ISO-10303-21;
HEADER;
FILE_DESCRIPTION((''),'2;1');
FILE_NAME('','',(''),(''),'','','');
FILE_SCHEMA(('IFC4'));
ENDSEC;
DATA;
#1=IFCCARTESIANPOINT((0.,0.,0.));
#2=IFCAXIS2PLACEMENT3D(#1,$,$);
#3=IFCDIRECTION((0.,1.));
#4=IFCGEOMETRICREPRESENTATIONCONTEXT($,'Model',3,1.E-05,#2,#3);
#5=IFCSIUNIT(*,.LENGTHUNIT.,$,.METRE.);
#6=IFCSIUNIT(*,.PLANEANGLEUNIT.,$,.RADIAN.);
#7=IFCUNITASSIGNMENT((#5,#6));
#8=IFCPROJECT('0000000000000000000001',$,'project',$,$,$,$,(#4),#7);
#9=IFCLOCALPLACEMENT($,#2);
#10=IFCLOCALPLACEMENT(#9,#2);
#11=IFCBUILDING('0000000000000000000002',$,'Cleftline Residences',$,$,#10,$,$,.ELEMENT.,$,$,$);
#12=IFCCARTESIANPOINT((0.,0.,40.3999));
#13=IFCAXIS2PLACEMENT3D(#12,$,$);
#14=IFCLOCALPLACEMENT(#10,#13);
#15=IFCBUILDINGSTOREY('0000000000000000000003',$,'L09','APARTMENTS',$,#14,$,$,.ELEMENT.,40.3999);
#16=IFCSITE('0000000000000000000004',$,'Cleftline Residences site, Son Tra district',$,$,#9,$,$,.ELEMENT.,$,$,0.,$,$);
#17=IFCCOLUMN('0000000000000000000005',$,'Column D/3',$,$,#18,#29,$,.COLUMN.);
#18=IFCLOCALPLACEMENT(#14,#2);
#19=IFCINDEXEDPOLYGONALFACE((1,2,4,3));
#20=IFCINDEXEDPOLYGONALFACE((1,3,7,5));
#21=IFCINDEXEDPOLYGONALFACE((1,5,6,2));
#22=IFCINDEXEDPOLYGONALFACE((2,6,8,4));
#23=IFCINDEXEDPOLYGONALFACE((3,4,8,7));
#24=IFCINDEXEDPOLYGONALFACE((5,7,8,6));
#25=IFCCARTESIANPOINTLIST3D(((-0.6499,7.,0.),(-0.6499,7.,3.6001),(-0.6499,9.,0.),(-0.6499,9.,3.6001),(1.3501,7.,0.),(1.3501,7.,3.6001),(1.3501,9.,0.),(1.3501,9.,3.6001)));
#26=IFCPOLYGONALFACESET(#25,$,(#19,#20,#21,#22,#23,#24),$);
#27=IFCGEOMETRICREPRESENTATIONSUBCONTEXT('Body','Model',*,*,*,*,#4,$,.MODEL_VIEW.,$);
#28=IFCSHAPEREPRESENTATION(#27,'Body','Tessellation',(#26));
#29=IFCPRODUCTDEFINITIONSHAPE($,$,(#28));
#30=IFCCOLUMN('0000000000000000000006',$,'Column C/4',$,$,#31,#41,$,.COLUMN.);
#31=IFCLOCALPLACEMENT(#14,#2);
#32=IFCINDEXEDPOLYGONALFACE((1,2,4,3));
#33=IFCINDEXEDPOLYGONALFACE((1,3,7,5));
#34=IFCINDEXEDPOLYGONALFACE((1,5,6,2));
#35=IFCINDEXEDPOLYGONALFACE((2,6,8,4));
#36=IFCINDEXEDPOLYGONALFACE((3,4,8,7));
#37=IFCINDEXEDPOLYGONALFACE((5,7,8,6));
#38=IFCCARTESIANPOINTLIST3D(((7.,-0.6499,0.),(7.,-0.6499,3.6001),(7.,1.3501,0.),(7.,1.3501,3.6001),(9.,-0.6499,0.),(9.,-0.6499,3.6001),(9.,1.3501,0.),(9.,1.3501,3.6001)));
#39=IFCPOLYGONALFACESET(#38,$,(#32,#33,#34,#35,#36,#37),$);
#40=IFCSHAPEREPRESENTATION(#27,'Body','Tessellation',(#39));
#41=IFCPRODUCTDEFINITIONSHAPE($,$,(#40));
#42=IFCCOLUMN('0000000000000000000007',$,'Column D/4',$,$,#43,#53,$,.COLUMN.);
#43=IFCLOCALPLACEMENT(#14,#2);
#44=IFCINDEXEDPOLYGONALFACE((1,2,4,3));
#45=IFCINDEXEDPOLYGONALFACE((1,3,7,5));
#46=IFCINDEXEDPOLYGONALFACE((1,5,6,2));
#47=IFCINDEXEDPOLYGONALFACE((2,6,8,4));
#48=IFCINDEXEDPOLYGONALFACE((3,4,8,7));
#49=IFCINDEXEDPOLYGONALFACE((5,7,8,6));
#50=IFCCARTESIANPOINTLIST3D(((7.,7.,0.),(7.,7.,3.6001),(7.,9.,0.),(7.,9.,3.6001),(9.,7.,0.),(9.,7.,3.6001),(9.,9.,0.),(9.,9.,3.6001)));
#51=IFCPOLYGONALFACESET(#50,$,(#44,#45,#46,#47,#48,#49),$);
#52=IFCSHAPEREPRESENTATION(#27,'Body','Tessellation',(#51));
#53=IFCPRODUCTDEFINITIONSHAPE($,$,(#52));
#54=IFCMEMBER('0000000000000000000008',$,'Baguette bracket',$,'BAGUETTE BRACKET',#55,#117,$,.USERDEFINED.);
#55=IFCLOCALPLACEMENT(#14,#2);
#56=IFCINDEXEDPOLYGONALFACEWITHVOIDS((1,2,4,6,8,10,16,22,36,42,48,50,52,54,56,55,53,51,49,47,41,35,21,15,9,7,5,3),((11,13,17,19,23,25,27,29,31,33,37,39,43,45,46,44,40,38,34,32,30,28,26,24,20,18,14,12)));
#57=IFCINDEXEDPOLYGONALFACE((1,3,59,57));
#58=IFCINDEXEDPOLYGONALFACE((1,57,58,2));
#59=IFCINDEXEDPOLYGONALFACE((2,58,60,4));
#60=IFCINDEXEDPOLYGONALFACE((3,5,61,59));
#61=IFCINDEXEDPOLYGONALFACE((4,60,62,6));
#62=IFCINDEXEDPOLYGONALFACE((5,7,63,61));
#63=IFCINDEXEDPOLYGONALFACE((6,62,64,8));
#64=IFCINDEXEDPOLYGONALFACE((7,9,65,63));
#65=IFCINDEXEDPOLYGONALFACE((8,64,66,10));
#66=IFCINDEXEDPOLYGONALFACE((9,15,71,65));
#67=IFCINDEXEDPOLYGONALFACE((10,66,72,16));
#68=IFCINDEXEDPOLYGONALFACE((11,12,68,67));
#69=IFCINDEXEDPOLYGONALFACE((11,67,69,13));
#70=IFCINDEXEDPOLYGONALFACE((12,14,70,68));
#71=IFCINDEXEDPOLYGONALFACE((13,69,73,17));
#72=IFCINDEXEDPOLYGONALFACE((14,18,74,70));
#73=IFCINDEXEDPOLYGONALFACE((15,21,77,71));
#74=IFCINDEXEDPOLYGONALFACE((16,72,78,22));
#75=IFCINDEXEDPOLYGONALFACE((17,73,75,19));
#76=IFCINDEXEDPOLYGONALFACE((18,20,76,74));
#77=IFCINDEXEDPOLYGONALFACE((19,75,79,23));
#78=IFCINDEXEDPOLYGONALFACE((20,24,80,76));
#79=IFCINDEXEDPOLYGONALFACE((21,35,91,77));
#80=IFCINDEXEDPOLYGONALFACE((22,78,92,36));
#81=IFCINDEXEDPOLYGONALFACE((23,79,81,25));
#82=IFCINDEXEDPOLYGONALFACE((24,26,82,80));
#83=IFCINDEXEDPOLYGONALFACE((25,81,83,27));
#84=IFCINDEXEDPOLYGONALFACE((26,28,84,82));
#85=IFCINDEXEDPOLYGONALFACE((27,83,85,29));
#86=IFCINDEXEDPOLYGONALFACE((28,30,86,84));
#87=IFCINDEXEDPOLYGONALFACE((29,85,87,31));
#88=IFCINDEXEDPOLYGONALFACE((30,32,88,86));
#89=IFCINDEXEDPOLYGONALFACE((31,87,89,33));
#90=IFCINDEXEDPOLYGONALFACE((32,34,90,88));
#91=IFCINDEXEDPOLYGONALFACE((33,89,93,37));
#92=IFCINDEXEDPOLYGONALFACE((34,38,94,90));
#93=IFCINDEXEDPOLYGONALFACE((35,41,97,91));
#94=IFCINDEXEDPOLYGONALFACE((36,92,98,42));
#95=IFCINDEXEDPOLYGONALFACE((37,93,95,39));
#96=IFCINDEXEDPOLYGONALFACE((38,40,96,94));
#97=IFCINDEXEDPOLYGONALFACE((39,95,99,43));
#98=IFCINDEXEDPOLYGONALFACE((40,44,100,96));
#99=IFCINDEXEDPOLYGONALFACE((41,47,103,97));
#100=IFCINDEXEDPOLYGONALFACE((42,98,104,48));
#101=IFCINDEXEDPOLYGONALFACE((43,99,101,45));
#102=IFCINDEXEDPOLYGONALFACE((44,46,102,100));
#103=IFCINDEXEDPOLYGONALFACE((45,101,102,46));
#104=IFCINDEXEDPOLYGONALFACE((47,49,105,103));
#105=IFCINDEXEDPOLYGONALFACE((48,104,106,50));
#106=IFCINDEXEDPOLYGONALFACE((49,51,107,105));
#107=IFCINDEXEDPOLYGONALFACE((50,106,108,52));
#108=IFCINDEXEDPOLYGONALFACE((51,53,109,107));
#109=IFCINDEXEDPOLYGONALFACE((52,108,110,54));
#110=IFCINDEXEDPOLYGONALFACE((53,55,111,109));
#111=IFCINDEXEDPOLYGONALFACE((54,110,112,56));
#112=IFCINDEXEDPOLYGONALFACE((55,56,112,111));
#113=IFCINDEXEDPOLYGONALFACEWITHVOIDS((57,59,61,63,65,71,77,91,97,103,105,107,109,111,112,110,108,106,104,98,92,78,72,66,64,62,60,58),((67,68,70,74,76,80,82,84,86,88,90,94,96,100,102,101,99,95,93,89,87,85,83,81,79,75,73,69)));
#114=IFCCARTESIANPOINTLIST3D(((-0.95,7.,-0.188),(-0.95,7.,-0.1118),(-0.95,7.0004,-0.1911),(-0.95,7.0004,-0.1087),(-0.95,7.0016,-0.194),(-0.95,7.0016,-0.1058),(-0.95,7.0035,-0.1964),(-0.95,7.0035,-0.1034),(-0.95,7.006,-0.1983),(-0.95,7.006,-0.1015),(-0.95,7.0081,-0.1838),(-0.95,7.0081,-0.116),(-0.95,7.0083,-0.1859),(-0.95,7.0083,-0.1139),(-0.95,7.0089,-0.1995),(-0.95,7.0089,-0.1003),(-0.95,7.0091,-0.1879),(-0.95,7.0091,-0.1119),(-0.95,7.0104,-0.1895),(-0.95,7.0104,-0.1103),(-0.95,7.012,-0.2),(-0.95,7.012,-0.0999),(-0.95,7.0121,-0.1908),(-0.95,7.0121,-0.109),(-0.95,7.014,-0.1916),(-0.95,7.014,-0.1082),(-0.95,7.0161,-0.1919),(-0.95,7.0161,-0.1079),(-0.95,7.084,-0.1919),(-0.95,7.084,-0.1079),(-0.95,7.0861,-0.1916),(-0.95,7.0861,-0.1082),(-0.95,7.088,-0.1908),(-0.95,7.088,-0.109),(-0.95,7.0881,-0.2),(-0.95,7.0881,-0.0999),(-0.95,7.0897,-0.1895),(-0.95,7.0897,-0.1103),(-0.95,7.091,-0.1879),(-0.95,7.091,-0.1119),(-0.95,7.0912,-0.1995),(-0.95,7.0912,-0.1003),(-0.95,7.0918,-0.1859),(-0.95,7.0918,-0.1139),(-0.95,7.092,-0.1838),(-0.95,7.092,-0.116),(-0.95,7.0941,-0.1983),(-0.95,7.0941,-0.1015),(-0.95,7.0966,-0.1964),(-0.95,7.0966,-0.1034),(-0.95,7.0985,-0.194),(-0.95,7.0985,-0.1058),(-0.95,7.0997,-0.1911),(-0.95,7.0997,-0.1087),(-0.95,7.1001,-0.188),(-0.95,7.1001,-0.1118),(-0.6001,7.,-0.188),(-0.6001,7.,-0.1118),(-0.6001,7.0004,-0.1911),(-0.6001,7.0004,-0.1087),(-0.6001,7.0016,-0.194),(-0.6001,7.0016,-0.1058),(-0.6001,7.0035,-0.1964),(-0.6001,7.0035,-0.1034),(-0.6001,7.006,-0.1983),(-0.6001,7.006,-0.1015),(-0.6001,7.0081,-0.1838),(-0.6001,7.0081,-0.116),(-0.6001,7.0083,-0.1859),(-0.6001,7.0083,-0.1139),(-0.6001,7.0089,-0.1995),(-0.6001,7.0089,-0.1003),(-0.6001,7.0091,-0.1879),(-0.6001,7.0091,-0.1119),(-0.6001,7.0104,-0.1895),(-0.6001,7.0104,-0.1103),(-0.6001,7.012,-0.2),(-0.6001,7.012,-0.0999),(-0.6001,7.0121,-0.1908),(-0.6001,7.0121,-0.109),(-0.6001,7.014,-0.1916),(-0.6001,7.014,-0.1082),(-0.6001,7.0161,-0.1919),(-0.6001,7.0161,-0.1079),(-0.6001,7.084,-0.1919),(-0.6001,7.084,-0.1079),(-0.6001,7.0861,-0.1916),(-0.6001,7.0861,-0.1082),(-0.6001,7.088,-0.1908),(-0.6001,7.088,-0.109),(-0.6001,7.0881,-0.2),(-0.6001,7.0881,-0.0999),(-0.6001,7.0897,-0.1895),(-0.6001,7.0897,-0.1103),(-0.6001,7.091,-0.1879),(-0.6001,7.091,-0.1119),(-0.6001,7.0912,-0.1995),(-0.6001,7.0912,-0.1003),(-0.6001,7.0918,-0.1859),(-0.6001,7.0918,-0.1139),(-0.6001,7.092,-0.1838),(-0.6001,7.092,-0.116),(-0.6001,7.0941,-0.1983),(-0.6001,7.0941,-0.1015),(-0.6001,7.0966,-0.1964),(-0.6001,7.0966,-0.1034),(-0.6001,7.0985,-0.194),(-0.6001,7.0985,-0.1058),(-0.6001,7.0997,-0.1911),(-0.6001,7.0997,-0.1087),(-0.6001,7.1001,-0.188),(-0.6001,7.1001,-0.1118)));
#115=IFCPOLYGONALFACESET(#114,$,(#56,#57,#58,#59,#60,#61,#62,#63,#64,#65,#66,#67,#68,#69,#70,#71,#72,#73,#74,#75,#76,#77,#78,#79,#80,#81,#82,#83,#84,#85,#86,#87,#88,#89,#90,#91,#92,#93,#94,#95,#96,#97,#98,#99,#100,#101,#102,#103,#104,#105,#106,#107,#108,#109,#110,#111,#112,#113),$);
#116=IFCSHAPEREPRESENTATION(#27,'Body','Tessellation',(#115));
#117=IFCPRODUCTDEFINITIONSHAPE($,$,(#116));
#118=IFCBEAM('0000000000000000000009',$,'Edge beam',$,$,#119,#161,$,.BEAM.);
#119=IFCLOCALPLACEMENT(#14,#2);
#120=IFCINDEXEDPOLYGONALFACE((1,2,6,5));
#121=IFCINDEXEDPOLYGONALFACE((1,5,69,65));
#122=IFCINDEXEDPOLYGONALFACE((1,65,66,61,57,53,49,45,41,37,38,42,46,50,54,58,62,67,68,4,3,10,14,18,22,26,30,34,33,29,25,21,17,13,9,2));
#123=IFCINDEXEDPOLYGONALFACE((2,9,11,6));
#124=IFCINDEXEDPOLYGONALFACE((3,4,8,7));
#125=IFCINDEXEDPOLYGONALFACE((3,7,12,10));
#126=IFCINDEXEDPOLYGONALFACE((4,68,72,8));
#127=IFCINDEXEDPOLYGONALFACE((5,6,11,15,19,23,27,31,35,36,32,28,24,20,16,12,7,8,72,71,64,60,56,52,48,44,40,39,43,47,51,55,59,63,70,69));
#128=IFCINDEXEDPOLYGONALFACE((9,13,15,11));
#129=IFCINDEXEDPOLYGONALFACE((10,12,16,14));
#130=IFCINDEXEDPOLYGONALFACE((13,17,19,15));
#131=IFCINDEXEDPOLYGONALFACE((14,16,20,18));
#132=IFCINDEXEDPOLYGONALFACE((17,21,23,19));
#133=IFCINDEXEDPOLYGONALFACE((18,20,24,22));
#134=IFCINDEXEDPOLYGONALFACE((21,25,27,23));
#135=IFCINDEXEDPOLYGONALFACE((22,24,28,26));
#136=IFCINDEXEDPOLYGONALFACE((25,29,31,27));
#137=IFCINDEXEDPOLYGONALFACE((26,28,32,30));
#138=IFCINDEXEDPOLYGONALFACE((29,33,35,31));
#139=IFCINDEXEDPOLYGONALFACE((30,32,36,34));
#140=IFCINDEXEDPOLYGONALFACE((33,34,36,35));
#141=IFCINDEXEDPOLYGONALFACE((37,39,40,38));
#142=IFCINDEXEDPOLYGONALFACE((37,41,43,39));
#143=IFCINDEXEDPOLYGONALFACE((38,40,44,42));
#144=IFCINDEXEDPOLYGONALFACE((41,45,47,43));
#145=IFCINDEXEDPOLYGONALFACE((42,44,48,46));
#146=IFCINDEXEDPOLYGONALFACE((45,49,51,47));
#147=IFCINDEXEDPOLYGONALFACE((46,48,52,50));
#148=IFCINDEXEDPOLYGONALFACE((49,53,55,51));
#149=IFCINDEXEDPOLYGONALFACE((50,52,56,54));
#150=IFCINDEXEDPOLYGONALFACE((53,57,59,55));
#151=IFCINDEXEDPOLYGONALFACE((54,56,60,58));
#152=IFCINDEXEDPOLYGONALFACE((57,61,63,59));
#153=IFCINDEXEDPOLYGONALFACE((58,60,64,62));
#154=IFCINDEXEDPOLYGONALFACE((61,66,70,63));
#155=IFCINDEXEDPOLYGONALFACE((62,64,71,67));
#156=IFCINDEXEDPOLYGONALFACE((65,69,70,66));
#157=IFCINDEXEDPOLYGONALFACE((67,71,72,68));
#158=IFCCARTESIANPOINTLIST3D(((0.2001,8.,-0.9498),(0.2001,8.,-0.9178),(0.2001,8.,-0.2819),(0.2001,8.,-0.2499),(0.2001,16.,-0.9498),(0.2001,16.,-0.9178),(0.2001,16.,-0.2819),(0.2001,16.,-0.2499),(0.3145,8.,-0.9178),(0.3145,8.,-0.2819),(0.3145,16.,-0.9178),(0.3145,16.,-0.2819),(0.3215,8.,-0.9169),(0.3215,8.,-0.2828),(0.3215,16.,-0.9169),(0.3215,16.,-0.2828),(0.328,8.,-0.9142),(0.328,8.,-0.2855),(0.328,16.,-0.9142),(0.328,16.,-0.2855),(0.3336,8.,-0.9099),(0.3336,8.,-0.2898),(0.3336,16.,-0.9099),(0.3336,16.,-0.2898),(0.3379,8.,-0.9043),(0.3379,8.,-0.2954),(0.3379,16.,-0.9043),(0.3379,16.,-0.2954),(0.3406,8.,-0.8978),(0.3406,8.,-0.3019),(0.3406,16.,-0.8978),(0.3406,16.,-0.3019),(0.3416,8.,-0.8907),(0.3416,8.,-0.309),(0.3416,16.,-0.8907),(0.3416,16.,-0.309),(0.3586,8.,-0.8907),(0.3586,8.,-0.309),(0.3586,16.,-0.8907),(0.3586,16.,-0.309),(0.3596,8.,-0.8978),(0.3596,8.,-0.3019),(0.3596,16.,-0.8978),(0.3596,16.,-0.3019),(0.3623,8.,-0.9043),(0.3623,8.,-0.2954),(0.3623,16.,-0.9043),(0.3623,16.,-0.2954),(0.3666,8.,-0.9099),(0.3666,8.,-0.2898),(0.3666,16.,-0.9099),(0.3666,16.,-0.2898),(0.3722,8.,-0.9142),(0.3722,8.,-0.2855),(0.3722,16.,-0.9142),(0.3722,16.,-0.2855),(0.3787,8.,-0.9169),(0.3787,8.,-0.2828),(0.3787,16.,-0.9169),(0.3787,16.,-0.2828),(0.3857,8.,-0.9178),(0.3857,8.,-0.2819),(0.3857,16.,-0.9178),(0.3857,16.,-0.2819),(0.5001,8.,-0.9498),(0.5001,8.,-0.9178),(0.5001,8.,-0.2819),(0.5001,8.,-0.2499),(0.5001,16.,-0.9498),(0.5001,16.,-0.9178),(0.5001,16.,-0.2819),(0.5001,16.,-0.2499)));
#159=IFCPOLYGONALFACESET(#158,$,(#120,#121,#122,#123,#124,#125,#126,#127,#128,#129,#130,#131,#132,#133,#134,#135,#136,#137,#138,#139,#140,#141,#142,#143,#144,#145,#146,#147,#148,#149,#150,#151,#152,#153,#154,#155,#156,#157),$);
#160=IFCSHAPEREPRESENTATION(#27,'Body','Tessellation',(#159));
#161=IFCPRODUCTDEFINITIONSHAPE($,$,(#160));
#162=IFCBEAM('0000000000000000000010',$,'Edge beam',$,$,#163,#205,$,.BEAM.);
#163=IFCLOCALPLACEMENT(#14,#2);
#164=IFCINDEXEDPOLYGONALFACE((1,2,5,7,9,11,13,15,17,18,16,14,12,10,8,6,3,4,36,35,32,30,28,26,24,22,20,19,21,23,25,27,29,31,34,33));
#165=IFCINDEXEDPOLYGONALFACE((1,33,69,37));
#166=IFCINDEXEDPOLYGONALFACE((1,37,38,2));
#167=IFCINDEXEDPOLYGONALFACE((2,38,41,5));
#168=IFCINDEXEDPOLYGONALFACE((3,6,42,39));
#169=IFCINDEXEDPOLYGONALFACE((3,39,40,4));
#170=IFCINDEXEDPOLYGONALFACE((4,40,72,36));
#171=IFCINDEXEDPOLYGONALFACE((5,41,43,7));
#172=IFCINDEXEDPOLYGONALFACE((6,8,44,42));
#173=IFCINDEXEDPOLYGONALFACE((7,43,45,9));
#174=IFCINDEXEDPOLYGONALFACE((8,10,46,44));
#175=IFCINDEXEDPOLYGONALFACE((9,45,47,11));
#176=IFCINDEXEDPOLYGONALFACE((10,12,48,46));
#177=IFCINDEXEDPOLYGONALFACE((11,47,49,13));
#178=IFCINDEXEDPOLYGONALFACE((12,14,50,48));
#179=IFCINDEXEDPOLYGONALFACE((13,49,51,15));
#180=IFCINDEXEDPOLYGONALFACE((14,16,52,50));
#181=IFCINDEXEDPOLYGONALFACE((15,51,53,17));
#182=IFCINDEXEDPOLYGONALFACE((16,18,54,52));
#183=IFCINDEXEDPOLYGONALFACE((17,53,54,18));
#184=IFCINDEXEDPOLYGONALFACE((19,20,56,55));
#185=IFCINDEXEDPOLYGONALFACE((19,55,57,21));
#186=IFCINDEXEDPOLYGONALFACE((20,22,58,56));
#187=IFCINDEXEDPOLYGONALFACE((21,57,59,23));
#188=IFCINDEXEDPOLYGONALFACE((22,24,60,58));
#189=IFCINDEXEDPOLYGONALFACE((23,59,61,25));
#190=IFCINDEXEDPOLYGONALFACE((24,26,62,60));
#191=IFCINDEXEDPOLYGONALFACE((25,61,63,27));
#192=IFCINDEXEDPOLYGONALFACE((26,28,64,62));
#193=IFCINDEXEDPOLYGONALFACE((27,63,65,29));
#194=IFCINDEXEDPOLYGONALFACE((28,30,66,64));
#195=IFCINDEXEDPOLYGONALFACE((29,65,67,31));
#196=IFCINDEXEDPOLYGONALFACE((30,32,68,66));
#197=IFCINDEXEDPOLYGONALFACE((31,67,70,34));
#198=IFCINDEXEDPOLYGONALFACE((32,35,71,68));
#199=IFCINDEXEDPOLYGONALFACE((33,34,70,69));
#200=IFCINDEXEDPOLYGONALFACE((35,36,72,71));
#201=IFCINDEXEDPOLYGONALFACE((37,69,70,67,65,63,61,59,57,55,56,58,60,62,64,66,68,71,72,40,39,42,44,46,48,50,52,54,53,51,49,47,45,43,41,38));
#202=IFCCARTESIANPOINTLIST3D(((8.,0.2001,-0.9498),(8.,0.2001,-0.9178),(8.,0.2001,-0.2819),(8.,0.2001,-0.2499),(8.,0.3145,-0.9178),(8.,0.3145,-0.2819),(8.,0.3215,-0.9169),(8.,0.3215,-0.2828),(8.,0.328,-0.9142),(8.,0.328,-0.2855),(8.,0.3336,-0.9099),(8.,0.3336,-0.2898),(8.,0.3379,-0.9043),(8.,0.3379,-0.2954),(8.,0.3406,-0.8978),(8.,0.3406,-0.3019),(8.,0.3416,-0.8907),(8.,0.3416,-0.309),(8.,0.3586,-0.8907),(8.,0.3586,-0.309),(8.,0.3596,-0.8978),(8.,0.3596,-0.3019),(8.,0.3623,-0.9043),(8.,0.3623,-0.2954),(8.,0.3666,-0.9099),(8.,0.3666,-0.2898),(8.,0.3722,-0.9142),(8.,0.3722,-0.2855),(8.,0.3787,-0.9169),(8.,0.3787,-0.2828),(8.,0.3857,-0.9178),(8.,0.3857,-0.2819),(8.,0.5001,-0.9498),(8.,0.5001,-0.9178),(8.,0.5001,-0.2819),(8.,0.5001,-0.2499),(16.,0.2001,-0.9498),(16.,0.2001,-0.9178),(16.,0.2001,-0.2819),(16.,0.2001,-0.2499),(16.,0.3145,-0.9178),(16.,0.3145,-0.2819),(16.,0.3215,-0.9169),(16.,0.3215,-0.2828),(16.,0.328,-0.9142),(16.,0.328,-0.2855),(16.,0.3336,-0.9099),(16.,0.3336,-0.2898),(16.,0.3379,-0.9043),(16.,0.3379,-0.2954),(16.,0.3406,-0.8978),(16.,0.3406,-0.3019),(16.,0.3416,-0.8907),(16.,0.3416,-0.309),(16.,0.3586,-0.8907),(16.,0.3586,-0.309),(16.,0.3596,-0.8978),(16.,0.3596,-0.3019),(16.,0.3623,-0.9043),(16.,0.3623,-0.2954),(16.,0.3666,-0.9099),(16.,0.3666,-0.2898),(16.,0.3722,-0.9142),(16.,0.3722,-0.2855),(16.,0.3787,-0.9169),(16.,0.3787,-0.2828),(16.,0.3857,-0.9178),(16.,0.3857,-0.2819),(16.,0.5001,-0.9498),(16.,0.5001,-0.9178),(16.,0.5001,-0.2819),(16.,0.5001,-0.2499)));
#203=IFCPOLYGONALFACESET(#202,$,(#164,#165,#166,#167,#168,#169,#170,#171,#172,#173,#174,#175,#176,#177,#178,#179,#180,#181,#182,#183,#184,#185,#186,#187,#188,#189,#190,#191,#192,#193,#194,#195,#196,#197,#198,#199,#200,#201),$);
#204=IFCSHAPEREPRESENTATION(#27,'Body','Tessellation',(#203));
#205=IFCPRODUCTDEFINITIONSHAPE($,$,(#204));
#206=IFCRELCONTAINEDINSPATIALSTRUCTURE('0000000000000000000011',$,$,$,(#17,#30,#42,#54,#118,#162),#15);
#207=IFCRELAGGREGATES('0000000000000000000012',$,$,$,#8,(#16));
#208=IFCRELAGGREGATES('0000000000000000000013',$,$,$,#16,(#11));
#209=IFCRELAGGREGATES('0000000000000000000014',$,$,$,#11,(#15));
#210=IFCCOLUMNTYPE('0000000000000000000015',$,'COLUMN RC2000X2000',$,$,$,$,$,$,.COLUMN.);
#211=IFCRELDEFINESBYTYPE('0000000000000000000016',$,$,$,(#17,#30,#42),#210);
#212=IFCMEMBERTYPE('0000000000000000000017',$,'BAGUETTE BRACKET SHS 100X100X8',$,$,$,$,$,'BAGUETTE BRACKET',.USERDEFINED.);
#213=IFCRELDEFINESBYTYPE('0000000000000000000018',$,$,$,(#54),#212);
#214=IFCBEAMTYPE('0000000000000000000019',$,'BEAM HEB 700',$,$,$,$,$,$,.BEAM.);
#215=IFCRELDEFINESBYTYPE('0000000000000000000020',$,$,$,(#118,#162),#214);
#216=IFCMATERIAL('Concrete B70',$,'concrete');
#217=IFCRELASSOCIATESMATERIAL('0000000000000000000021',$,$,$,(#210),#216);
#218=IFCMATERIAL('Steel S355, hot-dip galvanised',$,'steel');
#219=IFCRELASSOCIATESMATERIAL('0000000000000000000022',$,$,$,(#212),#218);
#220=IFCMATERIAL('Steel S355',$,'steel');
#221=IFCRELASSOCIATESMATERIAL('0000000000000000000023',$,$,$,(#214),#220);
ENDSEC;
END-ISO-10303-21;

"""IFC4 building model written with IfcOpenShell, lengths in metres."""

from ifc_helpers import new_model, si_unit, direction, frame, origin, origin_2d, place, context, subcontext, project, spatial, rectangle, hollow_rectangle, i_section, extrude, material, material_profile, profile_set, type_object, element, save


model = new_model("IFC4")

# Units and contexts
model_context = context("Model", 3, precision=1e-05, world=origin(), true_north=direction((0.0, 1.0)))
body_context = subcontext(model_context, "Body", "Model", "MODEL_VIEW")
ifc_project = project(units=[si_unit("LENGTHUNIT", "METRE"), si_unit("PLANEANGLEUNIT", "RADIAN")], contexts=[model_context])

# Site, building, storey
site_placement = place(None, origin())
site = spatial("IfcSite", under=ifc_project, at=site_placement, Name="Cleftline Residences site, Son Tra district", CompositionType="ELEMENT", RefElevation=0.0)
building_placement = place(site_placement, origin())
building = spatial("IfcBuilding", under=site, at=building_placement, Name="Cleftline Residences", CompositionType="ELEMENT")
storey_placement = place(building_placement, frame((0.0, 0.0, 40.3999)))
storey = spatial("IfcBuildingStorey", under=building, at=storey_placement, Name="L09", Description="APARTMENTS", CompositionType="ELEMENT", Elevation=40.3999)

# Columns
ifc_material_1 = material(Name="Concrete B70", Category="concrete")
ifc_material_profile_1 = material_profile(ifc_material_1, rectangle(XDim=2.0, YDim=2.0, at=origin_2d()))
ifc_profile_set_1 = profile_set([ifc_material_profile_1], Name="Concrete B70")
column_type = type_object("IfcColumnType", Name="COLUMN RC2000X2000", PredefinedType="COLUMN", material=ifc_profile_set_1)
for number, where, z_axis, x_axis, name in (
    (1, (0.3501, 8.0, 0.0), (0.0, 0.0, 1.0), (1.0, 0.0, 0.0), "Column D/3"),
    (2, (8.0, 0.3501, 0.0), (0.0, 0.0, 1.0), (1.0, 0.0, 0.0), "Column C/4"),
    (3, (8.0, 8.0, 0.0), (0.0, 0.0, 1.0), (1.0, 0.0, 0.0), "Column D/4"),
):
    element("IfcColumn", number, at=place(storey_placement, frame(where, z_axis=z_axis, x_axis=x_axis)), inside=storey, type_object=column_type, Name=name, PredefinedType="COLUMN", context=body_context, shape_type="SweptSolid", body=[
        extrude(rectangle(XDim=2.0, YDim=2.0, at=origin_2d()), origin(), (0.0, 0.0, 1.0), 3.6001),
    ])

# Member
ifc_material_2 = material(Name="Steel S355, hot-dip galvanised", Category="steel")
ifc_material_profile_2 = material_profile(ifc_material_2, hollow_rectangle(XDim=0.1001, YDim=0.1001, WallThickness=0.0081, InnerFilletRadius=0.0081, OuterFilletRadius=0.012, at=origin_2d()))
ifc_profile_set_2 = profile_set([ifc_material_profile_2], Name="Steel S355, hot-dip galvanised")
member_type_1 = type_object("IfcMemberType", Name="BAGUETTE BRACKET SHS 100X100X8", ElementType="BAGUETTE BRACKET", PredefinedType="USERDEFINED", material=ifc_profile_set_2)
member_placement = place(storey_placement, frame((-0.6001, 7.05, -0.1499), z_axis=(-1.0, 0.0, 0.0), x_axis=(0.0, -1.0, 0.0)))
element("IfcMember", 4, at=member_placement, inside=storey, type_object=member_type_1, Name="Baguette bracket", ObjectType="BAGUETTE BRACKET", PredefinedType="USERDEFINED", context=body_context, shape_type="SweptSolid", body=[
    extrude(hollow_rectangle(XDim=0.1001, YDim=0.1001, WallThickness=0.0081, InnerFilletRadius=0.0081, OuterFilletRadius=0.012, at=origin_2d()), origin(), (0.0, 0.0, 1.0), 0.3499),
])

# Beams
ifc_material_3 = material(Name="Steel S355", Category="steel")
ifc_material_profile_3 = material_profile(ifc_material_3, i_section(OverallWidth=0.3, OverallDepth=0.7, WebThickness=0.0171, FlangeThickness=0.032, FilletRadius=0.0271, at=origin_2d()))
ifc_profile_set_3 = profile_set([ifc_material_profile_3], Name="Steel S355")
beam_type = type_object("IfcBeamType", Name="BEAM HEB 700", PredefinedType="BEAM", material=ifc_profile_set_3)
for number, where, z_axis, x_axis, name in (
    (5, (0.3501, 8.0, -0.5999), (0.0, 1.0, 0.0), (-1.0, 0.0, 0.0), "Edge beam"),
    (6, (8.0, 0.3501, -0.5999), (1.0, 0.0, 0.0), (0.0, 1.0, 0.0), "Edge beam"),
):
    element("IfcBeam", number, at=place(storey_placement, frame(where, z_axis=z_axis, x_axis=x_axis)), inside=storey, type_object=beam_type, Name=name, PredefinedType="BEAM", context=body_context, shape_type="SweptSolid", body=[
        extrude(i_section(OverallWidth=0.3, OverallDepth=0.7, WebThickness=0.0171, FlangeThickness=0.032, FilletRadius=0.0271, at=origin_2d()), origin(), (0.0, 0.0, 1.0), 8.0),
    ])

save(model, "model.ifc")
